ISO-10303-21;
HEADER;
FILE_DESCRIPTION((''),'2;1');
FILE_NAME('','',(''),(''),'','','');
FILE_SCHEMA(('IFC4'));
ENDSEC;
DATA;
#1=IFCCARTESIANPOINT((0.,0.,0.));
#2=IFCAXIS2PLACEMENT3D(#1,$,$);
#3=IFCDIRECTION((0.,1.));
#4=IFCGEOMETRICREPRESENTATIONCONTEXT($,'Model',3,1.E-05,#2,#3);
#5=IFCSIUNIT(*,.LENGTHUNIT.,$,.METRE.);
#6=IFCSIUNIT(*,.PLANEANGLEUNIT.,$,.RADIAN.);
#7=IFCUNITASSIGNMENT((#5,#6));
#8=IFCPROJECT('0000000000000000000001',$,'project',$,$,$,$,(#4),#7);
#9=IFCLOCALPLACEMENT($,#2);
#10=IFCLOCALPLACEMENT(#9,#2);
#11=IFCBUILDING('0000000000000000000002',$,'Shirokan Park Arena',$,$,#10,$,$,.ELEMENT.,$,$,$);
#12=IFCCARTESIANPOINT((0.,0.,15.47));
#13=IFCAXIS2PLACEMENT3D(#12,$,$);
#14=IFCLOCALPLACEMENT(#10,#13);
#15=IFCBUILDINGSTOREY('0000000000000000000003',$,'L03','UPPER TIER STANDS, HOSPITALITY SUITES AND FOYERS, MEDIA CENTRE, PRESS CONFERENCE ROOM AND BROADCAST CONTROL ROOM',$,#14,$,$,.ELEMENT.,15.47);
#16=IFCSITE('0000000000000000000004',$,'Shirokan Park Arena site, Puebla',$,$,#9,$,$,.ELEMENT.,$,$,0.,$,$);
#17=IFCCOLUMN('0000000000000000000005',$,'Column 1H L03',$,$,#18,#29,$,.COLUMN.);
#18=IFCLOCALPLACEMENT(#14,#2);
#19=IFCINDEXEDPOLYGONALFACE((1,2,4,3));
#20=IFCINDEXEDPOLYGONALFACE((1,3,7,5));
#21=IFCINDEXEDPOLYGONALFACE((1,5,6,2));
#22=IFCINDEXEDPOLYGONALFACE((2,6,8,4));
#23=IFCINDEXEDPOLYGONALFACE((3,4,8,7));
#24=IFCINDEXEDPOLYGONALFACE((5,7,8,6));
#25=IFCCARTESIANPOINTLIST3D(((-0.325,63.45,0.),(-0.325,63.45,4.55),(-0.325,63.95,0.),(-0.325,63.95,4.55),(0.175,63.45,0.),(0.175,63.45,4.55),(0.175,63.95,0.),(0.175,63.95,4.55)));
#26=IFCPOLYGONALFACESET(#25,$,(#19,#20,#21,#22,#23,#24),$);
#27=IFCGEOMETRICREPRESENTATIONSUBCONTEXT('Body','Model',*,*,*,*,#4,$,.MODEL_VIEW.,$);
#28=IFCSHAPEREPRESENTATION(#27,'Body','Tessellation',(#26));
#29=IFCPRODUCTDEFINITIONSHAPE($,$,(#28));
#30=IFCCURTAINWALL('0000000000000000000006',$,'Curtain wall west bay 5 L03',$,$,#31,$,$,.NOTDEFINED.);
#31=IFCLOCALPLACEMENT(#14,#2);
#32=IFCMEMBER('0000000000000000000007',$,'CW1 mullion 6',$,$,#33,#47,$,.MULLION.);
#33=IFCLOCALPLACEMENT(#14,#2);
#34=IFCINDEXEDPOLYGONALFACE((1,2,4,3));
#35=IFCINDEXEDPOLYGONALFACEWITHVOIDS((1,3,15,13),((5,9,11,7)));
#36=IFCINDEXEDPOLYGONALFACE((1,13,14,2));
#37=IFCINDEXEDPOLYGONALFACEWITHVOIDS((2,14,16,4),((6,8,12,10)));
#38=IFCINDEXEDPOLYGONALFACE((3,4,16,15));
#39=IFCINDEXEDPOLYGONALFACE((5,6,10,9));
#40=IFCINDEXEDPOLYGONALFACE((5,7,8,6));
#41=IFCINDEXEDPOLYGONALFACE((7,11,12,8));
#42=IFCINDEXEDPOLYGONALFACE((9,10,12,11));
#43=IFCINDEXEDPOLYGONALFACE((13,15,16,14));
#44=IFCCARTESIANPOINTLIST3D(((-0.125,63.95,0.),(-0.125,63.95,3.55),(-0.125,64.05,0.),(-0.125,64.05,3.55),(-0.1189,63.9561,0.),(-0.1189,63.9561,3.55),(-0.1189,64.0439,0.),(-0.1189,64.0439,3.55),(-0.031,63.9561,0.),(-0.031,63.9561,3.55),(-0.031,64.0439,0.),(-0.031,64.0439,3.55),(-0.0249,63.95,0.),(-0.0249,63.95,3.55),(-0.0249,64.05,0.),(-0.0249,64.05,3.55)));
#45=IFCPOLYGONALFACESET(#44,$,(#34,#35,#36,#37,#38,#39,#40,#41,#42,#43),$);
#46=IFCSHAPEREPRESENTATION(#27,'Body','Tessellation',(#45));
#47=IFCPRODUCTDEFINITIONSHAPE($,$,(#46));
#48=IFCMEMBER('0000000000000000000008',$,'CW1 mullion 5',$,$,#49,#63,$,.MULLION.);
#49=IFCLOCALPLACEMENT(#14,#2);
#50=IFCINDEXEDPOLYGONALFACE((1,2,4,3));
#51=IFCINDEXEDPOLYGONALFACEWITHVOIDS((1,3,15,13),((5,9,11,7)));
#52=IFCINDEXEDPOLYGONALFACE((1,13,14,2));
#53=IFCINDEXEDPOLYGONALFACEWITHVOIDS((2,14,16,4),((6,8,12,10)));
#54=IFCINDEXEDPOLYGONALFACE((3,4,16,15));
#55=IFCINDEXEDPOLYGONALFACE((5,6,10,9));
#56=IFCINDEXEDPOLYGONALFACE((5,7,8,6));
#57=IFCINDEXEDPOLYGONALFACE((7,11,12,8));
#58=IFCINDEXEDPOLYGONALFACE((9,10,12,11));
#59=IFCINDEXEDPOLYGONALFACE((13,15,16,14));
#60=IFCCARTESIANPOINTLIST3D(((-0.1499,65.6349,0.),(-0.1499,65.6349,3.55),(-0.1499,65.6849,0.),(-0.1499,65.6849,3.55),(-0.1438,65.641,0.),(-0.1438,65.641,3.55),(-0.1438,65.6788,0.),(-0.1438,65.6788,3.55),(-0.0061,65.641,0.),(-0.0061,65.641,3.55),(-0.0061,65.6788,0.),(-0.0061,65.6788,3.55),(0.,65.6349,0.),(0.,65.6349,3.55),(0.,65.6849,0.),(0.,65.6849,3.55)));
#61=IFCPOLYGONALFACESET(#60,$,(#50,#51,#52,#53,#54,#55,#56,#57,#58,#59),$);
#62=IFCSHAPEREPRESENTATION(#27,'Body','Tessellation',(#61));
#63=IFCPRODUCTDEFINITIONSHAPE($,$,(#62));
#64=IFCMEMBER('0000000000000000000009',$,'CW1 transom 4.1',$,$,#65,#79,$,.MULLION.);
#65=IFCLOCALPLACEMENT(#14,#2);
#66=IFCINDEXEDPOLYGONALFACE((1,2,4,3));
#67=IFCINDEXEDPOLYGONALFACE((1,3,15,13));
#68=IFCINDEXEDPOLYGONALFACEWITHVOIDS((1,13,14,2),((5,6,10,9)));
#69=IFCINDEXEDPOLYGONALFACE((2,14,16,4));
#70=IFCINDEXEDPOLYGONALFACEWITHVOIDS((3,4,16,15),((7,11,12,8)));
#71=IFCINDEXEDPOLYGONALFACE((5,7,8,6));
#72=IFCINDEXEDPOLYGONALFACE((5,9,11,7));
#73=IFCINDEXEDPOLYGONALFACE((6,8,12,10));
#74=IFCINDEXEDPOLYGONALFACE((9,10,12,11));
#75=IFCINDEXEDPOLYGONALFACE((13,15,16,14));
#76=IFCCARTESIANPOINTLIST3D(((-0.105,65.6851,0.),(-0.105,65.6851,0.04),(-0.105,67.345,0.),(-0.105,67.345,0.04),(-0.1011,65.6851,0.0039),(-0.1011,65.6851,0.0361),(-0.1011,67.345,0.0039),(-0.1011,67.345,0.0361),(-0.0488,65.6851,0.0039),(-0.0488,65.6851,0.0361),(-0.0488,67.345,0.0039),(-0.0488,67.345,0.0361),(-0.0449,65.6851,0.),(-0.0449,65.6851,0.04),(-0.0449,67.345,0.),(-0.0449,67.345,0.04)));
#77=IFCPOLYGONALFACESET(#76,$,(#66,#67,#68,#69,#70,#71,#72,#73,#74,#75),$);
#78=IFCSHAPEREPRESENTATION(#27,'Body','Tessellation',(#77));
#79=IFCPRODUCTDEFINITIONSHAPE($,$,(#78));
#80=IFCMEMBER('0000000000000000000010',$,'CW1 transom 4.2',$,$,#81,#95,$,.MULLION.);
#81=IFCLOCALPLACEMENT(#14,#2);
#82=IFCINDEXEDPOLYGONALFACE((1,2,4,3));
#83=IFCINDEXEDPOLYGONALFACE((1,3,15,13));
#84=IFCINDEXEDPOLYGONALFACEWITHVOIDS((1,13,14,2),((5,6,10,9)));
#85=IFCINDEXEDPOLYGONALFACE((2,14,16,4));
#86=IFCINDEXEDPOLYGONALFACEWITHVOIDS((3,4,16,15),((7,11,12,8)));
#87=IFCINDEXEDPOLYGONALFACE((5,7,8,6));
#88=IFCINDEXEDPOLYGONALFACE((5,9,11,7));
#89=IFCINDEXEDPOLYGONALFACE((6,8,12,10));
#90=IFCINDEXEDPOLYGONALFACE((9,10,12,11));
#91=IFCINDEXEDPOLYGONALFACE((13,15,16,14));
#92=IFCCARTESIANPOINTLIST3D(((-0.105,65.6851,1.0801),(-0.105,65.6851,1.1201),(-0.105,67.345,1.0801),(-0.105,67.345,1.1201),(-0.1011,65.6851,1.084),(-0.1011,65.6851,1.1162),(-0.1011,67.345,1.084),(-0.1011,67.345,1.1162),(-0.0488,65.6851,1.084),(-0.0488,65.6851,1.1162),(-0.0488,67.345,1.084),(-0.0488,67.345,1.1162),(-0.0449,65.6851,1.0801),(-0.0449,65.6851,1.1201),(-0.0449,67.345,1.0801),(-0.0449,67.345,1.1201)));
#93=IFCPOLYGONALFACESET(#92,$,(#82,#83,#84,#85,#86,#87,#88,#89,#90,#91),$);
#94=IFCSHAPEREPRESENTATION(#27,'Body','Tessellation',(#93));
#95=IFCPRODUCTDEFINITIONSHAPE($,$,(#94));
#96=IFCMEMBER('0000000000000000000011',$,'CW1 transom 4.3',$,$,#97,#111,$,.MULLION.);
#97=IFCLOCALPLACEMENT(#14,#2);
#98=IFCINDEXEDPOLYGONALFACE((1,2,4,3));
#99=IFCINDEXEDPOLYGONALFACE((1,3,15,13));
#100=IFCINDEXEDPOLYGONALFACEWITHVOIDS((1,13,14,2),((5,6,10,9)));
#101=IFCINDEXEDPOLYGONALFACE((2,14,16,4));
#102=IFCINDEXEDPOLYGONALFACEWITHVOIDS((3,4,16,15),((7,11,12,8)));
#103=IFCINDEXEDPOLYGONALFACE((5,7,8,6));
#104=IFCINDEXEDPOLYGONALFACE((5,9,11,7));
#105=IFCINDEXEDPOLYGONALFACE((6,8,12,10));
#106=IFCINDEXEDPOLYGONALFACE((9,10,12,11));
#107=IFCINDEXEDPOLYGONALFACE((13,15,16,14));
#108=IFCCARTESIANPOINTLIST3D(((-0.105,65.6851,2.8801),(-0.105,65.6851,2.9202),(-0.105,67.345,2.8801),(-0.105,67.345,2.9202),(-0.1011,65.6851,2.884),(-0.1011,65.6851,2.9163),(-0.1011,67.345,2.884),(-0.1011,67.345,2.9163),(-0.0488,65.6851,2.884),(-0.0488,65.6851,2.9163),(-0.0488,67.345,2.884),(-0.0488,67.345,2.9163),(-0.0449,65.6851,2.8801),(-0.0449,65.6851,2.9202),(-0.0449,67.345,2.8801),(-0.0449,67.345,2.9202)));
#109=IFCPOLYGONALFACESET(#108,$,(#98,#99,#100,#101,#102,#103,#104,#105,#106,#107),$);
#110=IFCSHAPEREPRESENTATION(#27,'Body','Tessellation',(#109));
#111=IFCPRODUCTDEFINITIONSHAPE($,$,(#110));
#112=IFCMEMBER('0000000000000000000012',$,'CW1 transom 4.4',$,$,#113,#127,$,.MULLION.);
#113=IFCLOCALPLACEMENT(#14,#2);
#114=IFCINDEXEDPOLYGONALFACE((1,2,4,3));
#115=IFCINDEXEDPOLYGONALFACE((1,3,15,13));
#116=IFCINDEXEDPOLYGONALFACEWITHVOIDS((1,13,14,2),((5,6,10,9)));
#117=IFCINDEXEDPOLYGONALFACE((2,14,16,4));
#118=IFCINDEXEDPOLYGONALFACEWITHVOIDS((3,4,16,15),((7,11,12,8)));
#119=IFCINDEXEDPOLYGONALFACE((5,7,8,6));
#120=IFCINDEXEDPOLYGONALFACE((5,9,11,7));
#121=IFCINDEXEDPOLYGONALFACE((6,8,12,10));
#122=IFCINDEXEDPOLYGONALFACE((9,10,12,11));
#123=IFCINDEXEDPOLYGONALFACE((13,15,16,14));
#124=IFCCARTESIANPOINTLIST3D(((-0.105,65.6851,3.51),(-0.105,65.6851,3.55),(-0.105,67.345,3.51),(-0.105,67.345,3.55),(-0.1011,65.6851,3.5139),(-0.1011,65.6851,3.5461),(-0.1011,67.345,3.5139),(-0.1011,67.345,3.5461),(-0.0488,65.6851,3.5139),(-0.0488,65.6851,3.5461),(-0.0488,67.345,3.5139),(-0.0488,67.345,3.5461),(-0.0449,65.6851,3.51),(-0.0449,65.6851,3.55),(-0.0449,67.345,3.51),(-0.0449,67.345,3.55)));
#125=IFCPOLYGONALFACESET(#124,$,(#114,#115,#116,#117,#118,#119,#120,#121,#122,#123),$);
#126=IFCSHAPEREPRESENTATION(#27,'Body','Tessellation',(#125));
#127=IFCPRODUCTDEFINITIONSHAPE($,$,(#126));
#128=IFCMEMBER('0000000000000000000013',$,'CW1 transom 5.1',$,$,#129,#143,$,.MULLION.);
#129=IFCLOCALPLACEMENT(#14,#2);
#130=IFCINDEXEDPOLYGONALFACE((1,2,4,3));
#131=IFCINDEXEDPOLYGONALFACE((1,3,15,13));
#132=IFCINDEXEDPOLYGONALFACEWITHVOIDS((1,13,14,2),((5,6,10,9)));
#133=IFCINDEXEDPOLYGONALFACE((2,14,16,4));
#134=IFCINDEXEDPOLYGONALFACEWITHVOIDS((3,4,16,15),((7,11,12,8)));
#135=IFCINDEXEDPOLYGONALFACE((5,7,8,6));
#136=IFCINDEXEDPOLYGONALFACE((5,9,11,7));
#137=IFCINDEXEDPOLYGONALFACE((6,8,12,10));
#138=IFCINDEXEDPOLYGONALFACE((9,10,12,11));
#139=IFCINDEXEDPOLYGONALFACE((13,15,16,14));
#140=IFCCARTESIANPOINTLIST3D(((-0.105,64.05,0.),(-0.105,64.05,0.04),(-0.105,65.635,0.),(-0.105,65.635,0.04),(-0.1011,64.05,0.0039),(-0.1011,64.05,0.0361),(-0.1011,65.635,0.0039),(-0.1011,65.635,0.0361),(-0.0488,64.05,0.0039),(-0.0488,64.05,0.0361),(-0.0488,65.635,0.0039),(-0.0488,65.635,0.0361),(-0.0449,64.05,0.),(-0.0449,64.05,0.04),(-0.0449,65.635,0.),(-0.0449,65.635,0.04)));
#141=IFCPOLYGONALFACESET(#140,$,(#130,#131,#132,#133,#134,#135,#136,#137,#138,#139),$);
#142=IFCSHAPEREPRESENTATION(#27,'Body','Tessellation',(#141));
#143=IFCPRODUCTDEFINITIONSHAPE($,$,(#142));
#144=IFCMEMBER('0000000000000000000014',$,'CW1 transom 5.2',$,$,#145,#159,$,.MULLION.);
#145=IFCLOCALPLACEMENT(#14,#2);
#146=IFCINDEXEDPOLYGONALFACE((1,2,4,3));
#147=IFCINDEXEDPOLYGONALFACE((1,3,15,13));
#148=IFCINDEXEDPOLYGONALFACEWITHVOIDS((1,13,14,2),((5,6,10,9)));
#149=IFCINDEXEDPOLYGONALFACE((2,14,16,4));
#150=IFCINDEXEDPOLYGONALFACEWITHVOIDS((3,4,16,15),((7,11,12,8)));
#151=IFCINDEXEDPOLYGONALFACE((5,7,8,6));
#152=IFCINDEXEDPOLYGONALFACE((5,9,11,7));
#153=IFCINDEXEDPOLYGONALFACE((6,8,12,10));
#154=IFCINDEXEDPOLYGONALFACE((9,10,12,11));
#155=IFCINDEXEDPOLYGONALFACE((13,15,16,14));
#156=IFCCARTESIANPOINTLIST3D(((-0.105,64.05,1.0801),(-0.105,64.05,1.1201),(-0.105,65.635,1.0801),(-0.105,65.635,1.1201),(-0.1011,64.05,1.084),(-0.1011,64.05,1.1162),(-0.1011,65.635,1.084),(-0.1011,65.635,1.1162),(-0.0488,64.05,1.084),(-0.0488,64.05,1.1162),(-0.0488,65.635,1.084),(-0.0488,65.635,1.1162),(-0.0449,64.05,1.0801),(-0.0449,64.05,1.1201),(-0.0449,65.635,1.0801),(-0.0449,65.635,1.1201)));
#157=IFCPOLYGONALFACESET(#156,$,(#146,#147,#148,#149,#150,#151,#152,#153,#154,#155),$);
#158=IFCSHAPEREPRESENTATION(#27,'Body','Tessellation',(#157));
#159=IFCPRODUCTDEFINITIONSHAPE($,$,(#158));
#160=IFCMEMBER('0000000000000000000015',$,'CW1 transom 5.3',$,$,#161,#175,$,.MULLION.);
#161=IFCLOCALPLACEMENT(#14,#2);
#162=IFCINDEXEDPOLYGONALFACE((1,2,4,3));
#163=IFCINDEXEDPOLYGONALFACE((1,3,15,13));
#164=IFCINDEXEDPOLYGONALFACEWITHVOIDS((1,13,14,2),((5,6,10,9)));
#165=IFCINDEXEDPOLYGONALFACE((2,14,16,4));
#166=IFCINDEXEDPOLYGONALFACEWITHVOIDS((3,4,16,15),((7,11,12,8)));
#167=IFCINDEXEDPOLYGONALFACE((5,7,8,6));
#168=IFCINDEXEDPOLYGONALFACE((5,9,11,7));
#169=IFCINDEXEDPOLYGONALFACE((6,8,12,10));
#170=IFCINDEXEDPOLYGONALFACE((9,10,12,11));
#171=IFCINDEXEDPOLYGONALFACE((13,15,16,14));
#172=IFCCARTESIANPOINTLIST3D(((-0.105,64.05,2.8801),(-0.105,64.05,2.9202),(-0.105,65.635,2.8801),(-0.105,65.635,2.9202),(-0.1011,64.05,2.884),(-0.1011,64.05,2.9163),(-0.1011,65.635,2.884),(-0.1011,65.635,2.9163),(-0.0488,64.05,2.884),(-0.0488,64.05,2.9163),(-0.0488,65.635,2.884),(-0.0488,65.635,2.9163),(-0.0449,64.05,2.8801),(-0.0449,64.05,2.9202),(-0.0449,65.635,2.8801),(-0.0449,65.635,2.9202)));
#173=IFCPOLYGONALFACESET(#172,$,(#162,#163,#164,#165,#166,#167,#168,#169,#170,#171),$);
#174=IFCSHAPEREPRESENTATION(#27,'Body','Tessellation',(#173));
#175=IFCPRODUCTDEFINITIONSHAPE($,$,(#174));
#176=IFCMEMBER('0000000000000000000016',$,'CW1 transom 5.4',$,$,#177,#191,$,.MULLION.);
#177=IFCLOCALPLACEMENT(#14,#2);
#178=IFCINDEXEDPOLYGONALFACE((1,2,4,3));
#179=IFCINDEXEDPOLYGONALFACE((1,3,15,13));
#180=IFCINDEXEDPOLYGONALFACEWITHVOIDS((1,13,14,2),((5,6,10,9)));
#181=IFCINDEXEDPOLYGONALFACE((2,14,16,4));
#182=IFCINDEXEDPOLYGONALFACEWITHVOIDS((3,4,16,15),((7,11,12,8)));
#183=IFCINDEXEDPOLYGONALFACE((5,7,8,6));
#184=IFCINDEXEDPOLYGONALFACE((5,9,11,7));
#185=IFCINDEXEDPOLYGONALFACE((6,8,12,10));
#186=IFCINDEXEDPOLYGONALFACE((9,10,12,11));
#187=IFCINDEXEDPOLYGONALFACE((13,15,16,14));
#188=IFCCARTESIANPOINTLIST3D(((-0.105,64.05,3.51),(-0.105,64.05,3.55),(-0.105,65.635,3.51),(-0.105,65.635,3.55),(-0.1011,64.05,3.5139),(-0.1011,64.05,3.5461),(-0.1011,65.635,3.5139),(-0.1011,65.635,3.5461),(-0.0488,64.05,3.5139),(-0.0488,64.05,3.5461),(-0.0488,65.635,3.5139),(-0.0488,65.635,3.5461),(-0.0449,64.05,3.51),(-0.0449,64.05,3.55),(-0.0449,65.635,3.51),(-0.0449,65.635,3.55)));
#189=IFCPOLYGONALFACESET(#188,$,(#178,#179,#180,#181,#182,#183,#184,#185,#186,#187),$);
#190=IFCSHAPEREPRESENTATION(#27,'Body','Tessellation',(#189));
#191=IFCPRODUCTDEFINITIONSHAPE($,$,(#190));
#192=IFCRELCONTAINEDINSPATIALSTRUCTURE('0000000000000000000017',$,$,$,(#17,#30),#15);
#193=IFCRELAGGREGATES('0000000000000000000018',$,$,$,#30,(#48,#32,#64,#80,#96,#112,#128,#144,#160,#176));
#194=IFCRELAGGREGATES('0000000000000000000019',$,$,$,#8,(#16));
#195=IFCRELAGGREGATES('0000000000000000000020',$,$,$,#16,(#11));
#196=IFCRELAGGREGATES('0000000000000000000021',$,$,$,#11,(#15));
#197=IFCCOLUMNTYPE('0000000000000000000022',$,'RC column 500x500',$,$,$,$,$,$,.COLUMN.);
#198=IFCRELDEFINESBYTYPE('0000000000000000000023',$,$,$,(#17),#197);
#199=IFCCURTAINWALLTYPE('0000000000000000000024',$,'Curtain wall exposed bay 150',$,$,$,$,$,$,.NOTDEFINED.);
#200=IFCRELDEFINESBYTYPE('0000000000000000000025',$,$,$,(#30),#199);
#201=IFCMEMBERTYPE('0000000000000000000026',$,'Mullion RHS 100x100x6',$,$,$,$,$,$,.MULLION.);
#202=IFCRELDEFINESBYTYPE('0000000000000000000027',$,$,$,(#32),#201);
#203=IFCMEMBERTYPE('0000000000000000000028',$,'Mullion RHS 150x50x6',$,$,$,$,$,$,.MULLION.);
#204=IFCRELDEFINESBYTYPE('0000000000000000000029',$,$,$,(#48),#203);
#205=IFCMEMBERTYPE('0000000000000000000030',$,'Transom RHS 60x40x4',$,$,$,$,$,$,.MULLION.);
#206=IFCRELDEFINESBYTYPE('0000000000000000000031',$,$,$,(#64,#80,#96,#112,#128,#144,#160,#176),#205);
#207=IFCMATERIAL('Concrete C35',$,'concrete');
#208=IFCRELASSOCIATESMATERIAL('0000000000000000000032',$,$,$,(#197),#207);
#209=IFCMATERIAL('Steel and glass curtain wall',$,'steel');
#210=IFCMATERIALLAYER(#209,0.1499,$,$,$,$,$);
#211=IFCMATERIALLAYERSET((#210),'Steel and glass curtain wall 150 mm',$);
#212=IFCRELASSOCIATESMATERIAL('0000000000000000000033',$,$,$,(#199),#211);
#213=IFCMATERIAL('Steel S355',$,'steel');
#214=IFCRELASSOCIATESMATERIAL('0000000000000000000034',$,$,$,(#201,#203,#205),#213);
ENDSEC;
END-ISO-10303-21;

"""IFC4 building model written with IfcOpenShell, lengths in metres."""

from ifc_helpers import new_model, si_unit, direction, frame, origin, origin_2d, place, context, subcontext, project, spatial, rectangle, hollow_rectangle, extrude, material, layer, layer_set, material_profile, profile_set, type_object, element, aggregate, save


model = new_model("IFC4")

# Units and contexts
model_context = context("Model", 3, precision=1e-05, world=origin(), true_north=direction((0.0, 1.0)))
body_context = subcontext(model_context, "Body", "Model", "MODEL_VIEW")
ifc_project = project(units=[si_unit("LENGTHUNIT", "METRE"), si_unit("PLANEANGLEUNIT", "RADIAN")], contexts=[model_context])

# Site, building, storey
site_placement = place(None, origin())
site = spatial("IfcSite", under=ifc_project, at=site_placement, Name="Shirokan Park Arena site, Puebla", CompositionType="ELEMENT", RefElevation=0.0)
building_placement = place(site_placement, origin())
building = spatial("IfcBuilding", under=site, at=building_placement, Name="Shirokan Park Arena", CompositionType="ELEMENT")
storey_placement = place(building_placement, frame((0.0, 0.0, 15.47)))
storey = spatial("IfcBuildingStorey", under=building, at=storey_placement, Name="L03", Description="UPPER TIER STANDS, HOSPITALITY SUITES AND FOYERS, MEDIA CENTRE, PRESS CONFERENCE ROOM AND BROADCAST CONTROL ROOM", CompositionType="ELEMENT", Elevation=15.47)

# Column
ifc_material_1 = material(Name="Concrete C35", Category="concrete")
ifc_material_profile_1 = material_profile(ifc_material_1, rectangle(XDim=0.5, YDim=0.5, at=origin_2d()), Name="500x500")
ifc_profile_set_1 = profile_set([ifc_material_profile_1], Name="Concrete C35")
column_type = type_object("IfcColumnType", Name="RC column 500x500", PredefinedType="COLUMN", material=ifc_profile_set_1)
column_placement = place(storey_placement, frame((-0.075, 63.7, 0.0), z_axis=(0.0, 0.0, 1.0), x_axis=(1.0, 0.0, 0.0)))
element("IfcColumn", 1, at=column_placement, inside=storey, type_object=column_type, Name="Column 1H L03", PredefinedType="COLUMN", context=body_context, shape_type="SweptSolid", body=[
    extrude(rectangle(XDim=0.5, YDim=0.5, at=origin_2d()), origin(), (0.0, 0.0, 1.0), 4.55),
])

# Curtain wall, members
ifc_material_2 = material(Name="Steel and glass curtain wall", Category="steel")
ifc_layer_1 = layer(ifc_material_2, 0.1499)
ifc_layer_set_1 = layer_set([ifc_layer_1], Name="Steel and glass curtain wall 150 mm")
curtain_wall_type = type_object("IfcCurtainWallType", Name="Curtain wall exposed bay 150", PredefinedType="NOTDEFINED", material=ifc_layer_set_1)
curtain_wall_placement = place(storey_placement, origin())
curtain_wall = element("IfcCurtainWall", 2, at=curtain_wall_placement, inside=storey, type_object=curtain_wall_type, Name="Curtain wall west bay 5 L03", PredefinedType="NOTDEFINED")
ifc_material_3 = material(Name="Steel S355", Category="steel")
ifc_material_profile_2 = material_profile(ifc_material_3, hollow_rectangle(XDim=0.1001, YDim=0.1001, WallThickness=0.0061, at=origin_2d()), Name="RHS 100x100x6")
ifc_profile_set_2 = profile_set([ifc_material_profile_2], Name="Steel S355")
member_type_1 = type_object("IfcMemberType", Name="Mullion RHS 100x100x6", PredefinedType="MULLION", material=ifc_profile_set_2)
member_1_placement = place(storey_placement, frame((-0.075, 64.0, 0.0), z_axis=(0.0, 0.0, 1.0), x_axis=(1.0, 0.0, 0.0)))
member_1 = element("IfcMember", 3, at=member_1_placement, type_object=member_type_1, Name="CW1 mullion 6", PredefinedType="MULLION", context=body_context, shape_type="SweptSolid", body=[
    extrude(hollow_rectangle(XDim=0.1001, YDim=0.1001, WallThickness=0.0061, at=origin_2d()), origin(), (0.0, 0.0, 1.0), 3.55),
])
ifc_material_profile_3 = material_profile(ifc_material_3, hollow_rectangle(XDim=0.1499, YDim=0.05, WallThickness=0.0061, at=origin_2d()), Name="RHS 150x50x6")
ifc_profile_set_3 = profile_set([ifc_material_profile_3], Name="Steel S355")
member_type_2 = type_object("IfcMemberType", Name="Mullion RHS 150x50x6", PredefinedType="MULLION", material=ifc_profile_set_3)
member_2_placement = place(storey_placement, frame((-0.075, 65.6599, 0.0), z_axis=(0.0, 0.0, 1.0), x_axis=(1.0, 0.0, 0.0)))
member_2 = element("IfcMember", 4, at=member_2_placement, type_object=member_type_2, Name="CW1 mullion 5", PredefinedType="MULLION", context=body_context, shape_type="SweptSolid", body=[
    extrude(hollow_rectangle(XDim=0.1499, YDim=0.05, WallThickness=0.0061, at=origin_2d()), origin(), (0.0, 0.0, 1.0), 3.55),
])
ifc_material_profile_4 = material_profile(ifc_material_3, hollow_rectangle(XDim=0.0601, YDim=0.04, WallThickness=0.0039, at=origin_2d()), Name="RHS 60x40x4")
ifc_profile_set_4 = profile_set([ifc_material_profile_4], Name="Steel S355")
member_type_3 = type_object("IfcMemberType", Name="Transom RHS 60x40x4", PredefinedType="MULLION", material=ifc_profile_set_4)
member_3_placement = place(storey_placement, frame((-0.075, 67.345, 0.02), z_axis=(0.0, -1.0, 0.0), x_axis=(1.0, 0.0, 0.0)))
member_3 = element("IfcMember", 5, at=member_3_placement, type_object=member_type_3, Name="CW1 transom 4.1", PredefinedType="MULLION", context=body_context, shape_type="SweptSolid", body=[
    extrude(hollow_rectangle(XDim=0.0601, YDim=0.04, WallThickness=0.0039, at=origin_2d()), origin(), (0.0, 0.0, 1.0), 1.6599),
])
member_4_placement = place(storey_placement, frame((-0.075, 67.345, 1.1001), z_axis=(0.0, -1.0, 0.0), x_axis=(1.0, 0.0, 0.0)))
member_4 = element("IfcMember", 6, at=member_4_placement, type_object=member_type_3, Name="CW1 transom 4.2", PredefinedType="MULLION", context=body_context, shape_type="SweptSolid", body=[
    extrude(hollow_rectangle(XDim=0.0601, YDim=0.04, WallThickness=0.0039, at=origin_2d()), origin(), (0.0, 0.0, 1.0), 1.6599),
])
member_5_placement = place(storey_placement, frame((-0.075, 67.345, 2.9001), z_axis=(0.0, -1.0, 0.0), x_axis=(1.0, 0.0, 0.0)))
member_5 = element("IfcMember", 7, at=member_5_placement, type_object=member_type_3, Name="CW1 transom 4.3", PredefinedType="MULLION", context=body_context, shape_type="SweptSolid", body=[
    extrude(hollow_rectangle(XDim=0.0601, YDim=0.04, WallThickness=0.0039, at=origin_2d()), origin(), (0.0, 0.0, 1.0), 1.6599),
])
member_6_placement = place(storey_placement, frame((-0.075, 67.345, 3.53), z_axis=(0.0, -1.0, 0.0), x_axis=(1.0, 0.0, 0.0)))
member_6 = element("IfcMember", 8, at=member_6_placement, type_object=member_type_3, Name="CW1 transom 4.4", PredefinedType="MULLION", context=body_context, shape_type="SweptSolid", body=[
    extrude(hollow_rectangle(XDim=0.0601, YDim=0.04, WallThickness=0.0039, at=origin_2d()), origin(), (0.0, 0.0, 1.0), 1.6599),
])
member_7_placement = place(storey_placement, frame((-0.075, 65.635, 0.02), z_axis=(0.0, -1.0, 0.0), x_axis=(1.0, 0.0, 0.0)))
member_7 = element("IfcMember", 9, at=member_7_placement, type_object=member_type_3, Name="CW1 transom 5.1", PredefinedType="MULLION", context=body_context, shape_type="SweptSolid", body=[
    extrude(hollow_rectangle(XDim=0.0601, YDim=0.04, WallThickness=0.0039, at=origin_2d()), origin(), (0.0, 0.0, 1.0), 1.585),
])
member_8_placement = place(storey_placement, frame((-0.075, 65.635, 1.1001), z_axis=(0.0, -1.0, 0.0), x_axis=(1.0, 0.0, 0.0)))
member_8 = element("IfcMember", 10, at=member_8_placement, type_object=member_type_3, Name="CW1 transom 5.2", PredefinedType="MULLION", context=body_context, shape_type="SweptSolid", body=[
    extrude(hollow_rectangle(XDim=0.0601, YDim=0.04, WallThickness=0.0039, at=origin_2d()), origin(), (0.0, 0.0, 1.0), 1.585),
])
member_9_placement = place(storey_placement, frame((-0.075, 65.635, 2.9001), z_axis=(0.0, -1.0, 0.0), x_axis=(1.0, 0.0, 0.0)))
member_9 = element("IfcMember", 11, at=member_9_placement, type_object=member_type_3, Name="CW1 transom 5.3", PredefinedType="MULLION", context=body_context, shape_type="SweptSolid", body=[
    extrude(hollow_rectangle(XDim=0.0601, YDim=0.04, WallThickness=0.0039, at=origin_2d()), origin(), (0.0, 0.0, 1.0), 1.585),
])
member_10_placement = place(storey_placement, frame((-0.075, 65.635, 3.53), z_axis=(0.0, -1.0, 0.0), x_axis=(1.0, 0.0, 0.0)))
member_10 = element("IfcMember", 12, at=member_10_placement, type_object=member_type_3, Name="CW1 transom 5.4", PredefinedType="MULLION", context=body_context, shape_type="SweptSolid", body=[
    extrude(hollow_rectangle(XDim=0.0601, YDim=0.04, WallThickness=0.0039, at=origin_2d()), origin(), (0.0, 0.0, 1.0), 1.585),
])
aggregate(curtain_wall, [member_2, member_1, member_3, member_4, member_5, member_6, member_7, member_8, member_9, member_10])

save(model, "model.ifc")
